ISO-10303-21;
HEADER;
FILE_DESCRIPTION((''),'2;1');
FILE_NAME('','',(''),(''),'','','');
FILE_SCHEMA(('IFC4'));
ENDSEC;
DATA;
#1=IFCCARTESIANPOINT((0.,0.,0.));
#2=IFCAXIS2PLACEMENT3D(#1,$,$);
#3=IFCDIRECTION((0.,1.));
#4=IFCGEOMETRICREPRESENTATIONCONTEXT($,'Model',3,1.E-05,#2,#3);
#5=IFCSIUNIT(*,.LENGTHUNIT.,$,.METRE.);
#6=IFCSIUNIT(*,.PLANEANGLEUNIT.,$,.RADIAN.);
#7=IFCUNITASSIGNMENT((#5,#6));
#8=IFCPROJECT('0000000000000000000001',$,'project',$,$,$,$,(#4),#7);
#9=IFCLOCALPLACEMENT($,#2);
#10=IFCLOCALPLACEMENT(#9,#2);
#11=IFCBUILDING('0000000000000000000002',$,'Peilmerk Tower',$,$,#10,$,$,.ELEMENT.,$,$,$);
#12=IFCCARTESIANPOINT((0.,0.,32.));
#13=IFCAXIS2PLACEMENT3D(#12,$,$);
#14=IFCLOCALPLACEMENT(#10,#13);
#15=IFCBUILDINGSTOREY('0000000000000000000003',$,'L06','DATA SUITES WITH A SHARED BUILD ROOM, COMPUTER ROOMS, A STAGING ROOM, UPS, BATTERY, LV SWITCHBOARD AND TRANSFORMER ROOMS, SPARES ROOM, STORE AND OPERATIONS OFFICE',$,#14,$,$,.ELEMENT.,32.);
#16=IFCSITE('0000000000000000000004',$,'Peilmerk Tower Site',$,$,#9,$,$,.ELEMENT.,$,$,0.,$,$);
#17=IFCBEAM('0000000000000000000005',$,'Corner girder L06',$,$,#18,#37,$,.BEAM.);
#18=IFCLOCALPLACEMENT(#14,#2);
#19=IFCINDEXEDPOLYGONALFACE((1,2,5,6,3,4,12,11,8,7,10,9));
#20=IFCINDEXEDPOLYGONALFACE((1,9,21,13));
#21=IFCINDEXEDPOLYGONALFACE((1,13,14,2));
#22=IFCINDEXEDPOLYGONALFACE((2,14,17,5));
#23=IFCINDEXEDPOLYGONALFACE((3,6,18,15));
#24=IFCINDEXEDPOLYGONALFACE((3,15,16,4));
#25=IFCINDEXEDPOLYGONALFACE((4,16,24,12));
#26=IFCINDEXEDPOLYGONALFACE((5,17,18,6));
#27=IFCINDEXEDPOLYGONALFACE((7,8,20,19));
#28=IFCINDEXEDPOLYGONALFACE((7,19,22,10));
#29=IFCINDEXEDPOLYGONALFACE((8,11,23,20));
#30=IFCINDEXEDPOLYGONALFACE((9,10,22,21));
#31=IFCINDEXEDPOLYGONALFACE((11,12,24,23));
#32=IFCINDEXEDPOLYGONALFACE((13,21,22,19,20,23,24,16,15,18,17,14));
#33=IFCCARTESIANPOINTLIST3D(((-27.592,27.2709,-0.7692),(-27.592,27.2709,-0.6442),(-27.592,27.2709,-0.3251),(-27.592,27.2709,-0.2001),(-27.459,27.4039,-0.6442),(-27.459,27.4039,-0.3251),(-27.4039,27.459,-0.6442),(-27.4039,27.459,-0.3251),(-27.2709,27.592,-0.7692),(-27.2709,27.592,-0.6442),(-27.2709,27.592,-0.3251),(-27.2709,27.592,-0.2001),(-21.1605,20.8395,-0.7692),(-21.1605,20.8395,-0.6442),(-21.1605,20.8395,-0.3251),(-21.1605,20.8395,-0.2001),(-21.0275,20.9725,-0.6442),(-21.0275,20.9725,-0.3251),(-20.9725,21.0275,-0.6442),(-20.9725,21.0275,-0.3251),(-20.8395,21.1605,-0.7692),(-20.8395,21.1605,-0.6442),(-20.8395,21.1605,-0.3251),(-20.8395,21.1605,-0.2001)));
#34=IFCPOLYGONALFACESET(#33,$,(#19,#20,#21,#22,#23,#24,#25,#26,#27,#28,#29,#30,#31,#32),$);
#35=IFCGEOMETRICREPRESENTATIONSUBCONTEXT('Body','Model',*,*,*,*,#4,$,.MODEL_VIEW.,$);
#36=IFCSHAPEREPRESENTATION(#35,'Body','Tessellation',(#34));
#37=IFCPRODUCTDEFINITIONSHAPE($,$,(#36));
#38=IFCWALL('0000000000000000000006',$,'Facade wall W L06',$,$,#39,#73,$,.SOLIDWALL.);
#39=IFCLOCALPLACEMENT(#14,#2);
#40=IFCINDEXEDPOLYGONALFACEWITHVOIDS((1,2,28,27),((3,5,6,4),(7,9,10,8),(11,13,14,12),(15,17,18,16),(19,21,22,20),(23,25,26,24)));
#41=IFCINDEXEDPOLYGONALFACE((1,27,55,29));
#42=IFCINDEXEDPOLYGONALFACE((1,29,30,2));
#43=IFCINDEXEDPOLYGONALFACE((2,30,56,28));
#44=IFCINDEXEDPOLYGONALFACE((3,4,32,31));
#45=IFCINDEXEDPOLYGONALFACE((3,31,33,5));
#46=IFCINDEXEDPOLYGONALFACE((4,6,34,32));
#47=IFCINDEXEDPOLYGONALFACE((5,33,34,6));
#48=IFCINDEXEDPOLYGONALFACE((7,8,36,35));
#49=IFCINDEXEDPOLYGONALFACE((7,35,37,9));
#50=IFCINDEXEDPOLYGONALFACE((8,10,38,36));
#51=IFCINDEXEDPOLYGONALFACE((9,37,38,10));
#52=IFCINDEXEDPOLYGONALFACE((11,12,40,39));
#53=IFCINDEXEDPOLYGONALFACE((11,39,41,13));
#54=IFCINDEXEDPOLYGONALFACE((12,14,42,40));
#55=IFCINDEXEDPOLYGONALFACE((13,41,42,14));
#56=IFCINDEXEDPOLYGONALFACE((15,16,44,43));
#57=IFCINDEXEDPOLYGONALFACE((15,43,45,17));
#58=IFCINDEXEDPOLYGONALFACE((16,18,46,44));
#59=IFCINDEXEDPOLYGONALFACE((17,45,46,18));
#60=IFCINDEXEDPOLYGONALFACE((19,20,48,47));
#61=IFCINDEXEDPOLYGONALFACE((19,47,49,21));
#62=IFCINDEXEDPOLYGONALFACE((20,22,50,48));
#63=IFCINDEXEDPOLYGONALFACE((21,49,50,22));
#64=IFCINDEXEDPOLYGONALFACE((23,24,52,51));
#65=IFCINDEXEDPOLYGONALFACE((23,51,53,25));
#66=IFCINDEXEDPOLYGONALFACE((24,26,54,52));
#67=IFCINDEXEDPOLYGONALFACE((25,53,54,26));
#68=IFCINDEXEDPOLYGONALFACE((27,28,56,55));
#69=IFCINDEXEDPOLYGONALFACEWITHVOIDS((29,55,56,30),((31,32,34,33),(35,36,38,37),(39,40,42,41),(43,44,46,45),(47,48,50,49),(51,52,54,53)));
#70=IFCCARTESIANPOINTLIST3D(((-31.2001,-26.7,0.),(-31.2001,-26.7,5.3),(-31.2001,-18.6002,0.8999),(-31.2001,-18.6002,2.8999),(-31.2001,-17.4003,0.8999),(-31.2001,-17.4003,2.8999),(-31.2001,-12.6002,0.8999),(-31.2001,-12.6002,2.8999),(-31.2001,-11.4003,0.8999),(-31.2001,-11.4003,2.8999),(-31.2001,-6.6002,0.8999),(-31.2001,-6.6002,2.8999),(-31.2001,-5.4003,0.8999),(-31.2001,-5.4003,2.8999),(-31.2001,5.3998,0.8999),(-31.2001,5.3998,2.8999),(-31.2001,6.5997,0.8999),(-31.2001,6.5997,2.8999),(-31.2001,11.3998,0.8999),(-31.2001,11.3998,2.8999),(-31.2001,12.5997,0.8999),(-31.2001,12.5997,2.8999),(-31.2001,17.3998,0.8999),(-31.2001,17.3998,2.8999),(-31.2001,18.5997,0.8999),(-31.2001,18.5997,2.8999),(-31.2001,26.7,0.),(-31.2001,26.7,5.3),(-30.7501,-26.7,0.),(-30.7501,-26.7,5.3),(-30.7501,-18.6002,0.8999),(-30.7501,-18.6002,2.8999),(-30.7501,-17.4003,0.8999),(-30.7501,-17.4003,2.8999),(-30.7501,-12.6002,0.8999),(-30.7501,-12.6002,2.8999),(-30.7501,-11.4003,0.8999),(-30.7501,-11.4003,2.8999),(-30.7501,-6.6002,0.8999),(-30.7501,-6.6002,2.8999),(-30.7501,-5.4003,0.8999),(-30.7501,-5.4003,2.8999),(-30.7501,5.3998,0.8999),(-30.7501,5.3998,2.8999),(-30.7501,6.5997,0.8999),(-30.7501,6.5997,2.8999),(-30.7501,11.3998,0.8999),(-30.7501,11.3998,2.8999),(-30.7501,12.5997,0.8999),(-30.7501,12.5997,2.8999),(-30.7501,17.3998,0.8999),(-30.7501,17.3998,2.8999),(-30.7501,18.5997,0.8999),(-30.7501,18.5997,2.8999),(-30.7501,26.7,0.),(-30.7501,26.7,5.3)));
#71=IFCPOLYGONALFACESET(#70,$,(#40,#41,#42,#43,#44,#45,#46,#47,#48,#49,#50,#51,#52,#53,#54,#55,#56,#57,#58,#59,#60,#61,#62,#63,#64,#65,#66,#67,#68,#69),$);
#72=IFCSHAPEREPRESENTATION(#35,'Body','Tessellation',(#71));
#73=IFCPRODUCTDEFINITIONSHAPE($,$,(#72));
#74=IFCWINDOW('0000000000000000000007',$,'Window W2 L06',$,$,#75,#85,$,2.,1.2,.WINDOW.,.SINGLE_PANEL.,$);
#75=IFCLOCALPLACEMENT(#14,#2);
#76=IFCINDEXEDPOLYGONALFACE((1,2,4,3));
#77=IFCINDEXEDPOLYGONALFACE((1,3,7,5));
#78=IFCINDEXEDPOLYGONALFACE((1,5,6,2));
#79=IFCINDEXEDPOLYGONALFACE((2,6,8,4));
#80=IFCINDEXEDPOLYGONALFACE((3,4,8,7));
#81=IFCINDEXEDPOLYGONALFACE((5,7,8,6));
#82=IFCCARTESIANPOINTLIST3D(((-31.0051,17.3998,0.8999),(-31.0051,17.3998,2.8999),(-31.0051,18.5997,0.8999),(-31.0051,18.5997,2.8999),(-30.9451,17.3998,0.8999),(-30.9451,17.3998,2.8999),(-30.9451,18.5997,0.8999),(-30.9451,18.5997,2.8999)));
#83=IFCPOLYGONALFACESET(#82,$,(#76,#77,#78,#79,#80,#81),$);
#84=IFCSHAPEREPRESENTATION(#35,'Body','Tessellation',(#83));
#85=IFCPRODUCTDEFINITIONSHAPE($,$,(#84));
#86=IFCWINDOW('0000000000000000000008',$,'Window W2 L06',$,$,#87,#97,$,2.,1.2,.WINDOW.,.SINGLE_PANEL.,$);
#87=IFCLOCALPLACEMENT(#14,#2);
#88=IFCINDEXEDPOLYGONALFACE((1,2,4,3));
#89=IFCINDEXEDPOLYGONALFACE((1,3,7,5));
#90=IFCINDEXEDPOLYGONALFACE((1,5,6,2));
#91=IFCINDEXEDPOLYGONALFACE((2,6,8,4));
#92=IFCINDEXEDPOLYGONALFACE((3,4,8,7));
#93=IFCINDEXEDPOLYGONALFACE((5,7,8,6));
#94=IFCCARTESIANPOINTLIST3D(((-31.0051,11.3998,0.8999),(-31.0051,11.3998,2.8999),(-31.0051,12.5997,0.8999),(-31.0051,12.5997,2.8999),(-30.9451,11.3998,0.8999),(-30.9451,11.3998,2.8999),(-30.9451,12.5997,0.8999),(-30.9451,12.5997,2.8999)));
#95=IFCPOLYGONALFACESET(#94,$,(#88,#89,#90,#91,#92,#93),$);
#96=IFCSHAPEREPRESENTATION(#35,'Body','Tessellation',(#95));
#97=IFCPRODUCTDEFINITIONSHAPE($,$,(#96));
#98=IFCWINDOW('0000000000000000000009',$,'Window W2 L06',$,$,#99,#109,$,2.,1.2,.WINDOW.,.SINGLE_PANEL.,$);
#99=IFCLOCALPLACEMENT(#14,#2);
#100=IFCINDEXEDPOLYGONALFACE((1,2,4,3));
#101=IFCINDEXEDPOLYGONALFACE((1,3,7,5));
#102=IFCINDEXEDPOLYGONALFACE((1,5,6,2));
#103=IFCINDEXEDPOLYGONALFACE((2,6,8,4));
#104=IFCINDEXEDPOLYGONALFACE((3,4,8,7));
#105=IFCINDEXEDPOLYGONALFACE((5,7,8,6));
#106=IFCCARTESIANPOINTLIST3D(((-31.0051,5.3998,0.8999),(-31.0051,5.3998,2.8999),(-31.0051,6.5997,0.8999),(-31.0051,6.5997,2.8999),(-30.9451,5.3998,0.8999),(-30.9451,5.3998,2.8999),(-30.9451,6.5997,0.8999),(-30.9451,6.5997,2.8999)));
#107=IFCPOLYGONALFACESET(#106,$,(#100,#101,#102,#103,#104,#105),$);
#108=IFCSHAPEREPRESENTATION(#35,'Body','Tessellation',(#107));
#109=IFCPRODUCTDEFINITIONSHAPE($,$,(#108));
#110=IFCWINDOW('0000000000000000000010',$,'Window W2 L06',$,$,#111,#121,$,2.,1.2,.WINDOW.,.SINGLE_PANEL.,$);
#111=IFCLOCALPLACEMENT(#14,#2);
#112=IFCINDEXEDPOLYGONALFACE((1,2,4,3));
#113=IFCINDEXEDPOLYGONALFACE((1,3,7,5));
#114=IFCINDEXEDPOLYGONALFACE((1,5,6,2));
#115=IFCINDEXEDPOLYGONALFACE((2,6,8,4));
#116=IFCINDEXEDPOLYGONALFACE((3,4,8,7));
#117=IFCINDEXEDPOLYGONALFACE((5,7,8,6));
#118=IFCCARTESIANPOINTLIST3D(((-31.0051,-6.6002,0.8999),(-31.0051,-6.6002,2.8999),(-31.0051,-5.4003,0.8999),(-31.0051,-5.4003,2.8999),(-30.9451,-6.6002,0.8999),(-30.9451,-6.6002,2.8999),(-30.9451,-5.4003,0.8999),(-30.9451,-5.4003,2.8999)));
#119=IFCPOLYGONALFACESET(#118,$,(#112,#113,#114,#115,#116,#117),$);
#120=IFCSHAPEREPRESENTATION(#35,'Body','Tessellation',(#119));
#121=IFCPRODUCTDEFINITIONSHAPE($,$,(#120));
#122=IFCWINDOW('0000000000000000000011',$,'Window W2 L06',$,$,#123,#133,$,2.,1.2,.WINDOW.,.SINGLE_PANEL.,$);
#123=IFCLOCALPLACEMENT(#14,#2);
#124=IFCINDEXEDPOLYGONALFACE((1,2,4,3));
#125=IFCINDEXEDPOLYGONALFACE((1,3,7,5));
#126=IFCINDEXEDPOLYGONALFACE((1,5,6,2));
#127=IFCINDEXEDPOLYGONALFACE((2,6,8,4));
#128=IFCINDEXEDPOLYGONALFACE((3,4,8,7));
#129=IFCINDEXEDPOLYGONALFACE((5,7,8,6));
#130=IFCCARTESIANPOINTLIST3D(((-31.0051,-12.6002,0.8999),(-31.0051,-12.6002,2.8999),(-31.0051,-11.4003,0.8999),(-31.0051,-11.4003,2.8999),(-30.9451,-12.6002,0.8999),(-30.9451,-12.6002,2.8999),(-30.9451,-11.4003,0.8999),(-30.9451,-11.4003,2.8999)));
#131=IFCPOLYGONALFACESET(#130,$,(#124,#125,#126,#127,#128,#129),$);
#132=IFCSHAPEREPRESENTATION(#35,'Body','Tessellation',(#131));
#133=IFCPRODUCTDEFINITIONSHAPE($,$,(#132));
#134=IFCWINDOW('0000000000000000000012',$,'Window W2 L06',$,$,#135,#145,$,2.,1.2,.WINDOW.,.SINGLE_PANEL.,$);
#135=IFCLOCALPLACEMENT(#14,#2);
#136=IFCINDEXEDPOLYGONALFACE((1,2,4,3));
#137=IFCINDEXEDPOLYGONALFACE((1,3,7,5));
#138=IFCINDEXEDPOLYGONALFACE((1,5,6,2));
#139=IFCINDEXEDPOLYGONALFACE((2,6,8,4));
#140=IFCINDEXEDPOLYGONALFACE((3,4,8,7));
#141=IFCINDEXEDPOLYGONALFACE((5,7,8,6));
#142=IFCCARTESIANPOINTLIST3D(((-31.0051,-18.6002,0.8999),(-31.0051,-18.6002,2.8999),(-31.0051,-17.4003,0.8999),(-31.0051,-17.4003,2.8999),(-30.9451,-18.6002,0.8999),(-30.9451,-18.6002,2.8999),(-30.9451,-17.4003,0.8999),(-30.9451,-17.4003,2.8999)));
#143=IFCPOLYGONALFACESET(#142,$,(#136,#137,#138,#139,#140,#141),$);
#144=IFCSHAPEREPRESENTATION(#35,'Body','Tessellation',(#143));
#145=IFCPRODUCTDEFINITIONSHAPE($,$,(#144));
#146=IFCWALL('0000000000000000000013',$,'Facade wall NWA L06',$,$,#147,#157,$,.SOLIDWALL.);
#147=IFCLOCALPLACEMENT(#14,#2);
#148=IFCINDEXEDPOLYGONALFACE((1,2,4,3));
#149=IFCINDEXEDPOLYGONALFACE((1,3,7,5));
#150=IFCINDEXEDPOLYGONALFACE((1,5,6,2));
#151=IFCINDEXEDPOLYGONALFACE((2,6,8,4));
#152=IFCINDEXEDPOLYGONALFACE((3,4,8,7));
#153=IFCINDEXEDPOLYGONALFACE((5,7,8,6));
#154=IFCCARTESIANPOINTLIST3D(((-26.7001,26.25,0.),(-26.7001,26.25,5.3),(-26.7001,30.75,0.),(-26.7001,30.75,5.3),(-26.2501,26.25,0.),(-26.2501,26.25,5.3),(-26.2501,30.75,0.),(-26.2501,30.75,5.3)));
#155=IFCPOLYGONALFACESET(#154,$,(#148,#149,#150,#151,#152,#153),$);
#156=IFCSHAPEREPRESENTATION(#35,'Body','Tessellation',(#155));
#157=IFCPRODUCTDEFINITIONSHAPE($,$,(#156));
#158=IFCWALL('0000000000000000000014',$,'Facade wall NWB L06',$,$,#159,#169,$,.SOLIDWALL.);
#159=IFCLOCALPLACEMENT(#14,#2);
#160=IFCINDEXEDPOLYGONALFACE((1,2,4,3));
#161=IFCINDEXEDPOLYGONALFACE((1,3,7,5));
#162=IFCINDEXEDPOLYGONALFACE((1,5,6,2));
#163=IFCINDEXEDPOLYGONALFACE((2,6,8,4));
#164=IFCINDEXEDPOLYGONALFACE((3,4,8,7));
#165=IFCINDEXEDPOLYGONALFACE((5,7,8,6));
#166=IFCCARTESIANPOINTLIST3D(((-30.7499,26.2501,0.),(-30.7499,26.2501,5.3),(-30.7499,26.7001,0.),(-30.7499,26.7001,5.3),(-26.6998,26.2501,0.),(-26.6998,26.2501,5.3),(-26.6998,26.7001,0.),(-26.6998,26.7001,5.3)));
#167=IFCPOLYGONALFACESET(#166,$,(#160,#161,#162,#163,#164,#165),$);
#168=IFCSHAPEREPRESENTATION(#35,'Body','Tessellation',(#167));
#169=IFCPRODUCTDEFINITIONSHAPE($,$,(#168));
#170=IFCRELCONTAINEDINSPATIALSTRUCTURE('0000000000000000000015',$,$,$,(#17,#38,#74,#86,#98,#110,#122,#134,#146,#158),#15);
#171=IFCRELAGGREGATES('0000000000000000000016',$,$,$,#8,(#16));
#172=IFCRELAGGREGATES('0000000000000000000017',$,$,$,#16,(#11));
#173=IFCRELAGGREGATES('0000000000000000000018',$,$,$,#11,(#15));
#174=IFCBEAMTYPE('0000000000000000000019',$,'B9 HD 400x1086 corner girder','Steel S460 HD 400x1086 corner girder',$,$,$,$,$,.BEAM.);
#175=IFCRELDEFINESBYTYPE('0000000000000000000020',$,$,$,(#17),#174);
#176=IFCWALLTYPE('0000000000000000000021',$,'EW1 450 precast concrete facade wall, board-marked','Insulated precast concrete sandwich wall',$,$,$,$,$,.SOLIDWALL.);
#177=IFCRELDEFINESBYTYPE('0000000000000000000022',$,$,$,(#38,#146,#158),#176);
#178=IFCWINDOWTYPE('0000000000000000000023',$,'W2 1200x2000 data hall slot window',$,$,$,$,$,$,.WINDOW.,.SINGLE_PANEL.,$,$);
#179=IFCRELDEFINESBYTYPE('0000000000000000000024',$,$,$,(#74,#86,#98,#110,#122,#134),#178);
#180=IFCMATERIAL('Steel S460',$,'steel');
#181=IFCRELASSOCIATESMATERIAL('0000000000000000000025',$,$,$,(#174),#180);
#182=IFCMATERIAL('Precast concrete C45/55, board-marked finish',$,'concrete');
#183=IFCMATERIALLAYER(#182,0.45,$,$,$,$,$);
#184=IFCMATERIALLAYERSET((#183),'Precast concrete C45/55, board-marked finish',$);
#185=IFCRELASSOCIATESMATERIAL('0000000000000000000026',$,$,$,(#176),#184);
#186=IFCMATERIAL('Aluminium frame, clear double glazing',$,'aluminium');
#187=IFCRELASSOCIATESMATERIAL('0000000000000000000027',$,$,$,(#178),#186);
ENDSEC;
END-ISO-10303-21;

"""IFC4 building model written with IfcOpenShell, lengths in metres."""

from ifc_helpers import new_model, si_unit, direction, frame, frame_2d, origin, origin_2d, place, context, subcontext, project, spatial, rectangle, i_section, extrude, material, layer, layer_set, material_profile, profile_set, type_object, element, fill, save


model = new_model("IFC4")

# Units and contexts
model_context = context("Model", 3, precision=1e-05, world=origin(), true_north=direction((0.0, 1.0)))
body_context = subcontext(model_context, "Body", "Model", "MODEL_VIEW")
ifc_project = project(units=[si_unit("LENGTHUNIT", "METRE"), si_unit("PLANEANGLEUNIT", "RADIAN")], contexts=[model_context])

# Site, building, storey
site_placement = place(None, origin())
site = spatial("IfcSite", under=ifc_project, at=site_placement, Name="Peilmerk Tower Site", CompositionType="ELEMENT", RefElevation=0.0)
building_placement = place(site_placement, origin())
building = spatial("IfcBuilding", under=site, at=building_placement, Name="Peilmerk Tower", CompositionType="ELEMENT")
storey_placement = place(building_placement, frame((0.0, 0.0, 32.0)))
storey = spatial("IfcBuildingStorey", under=building, at=storey_placement, Name="L06", Description="DATA SUITES WITH A SHARED BUILD ROOM, COMPUTER ROOMS, A STAGING ROOM, UPS, BATTERY, LV SWITCHBOARD AND TRANSFORMER ROOMS, SPARES ROOM, STORE AND OPERATIONS OFFICE", CompositionType="ELEMENT", Elevation=32.0)

# Beam
ifc_material_1 = material(Name="Steel S460", Category="steel")
ifc_material_profile_1 = material_profile(ifc_material_1, i_section(OverallWidth=0.4541, OverallDepth=0.5691, WebThickness=0.0779, FlangeThickness=0.125, at=origin_2d()), Name="HD 400x1086")
ifc_profile_set_1 = profile_set([ifc_material_profile_1], Name="Steel S460")
beam_type_1 = type_object("IfcBeamType", Name="B9 HD 400x1086 corner girder", Description="Steel S460 HD 400x1086 corner girder", PredefinedType="BEAM", material=ifc_profile_set_1)
beam_1_placement = place(storey_placement, frame((-21.0, 21.0, -0.4846), z_axis=(-0.707107, 0.707107, 0.0), x_axis=(-0.707107, -0.707107, 0.0)))
element("IfcBeam", 1, at=beam_1_placement, inside=storey, type_object=beam_type_1, Name="Corner girder L06", PredefinedType="BEAM", context=body_context, shape_type="SweptSolid", body=[
    extrude(i_section(OverallWidth=0.4541, OverallDepth=0.5691, WebThickness=0.0779, FlangeThickness=0.125, at=origin_2d()), origin(), (0.0, 0.0, 1.0), 9.0955),
])

# Wall, openings, windows
ifc_material_2 = material(Name="Precast concrete C45/55, board-marked finish", Category="concrete")
ifc_layer = layer(ifc_material_2, 0.45)
ifc_layer_set = layer_set([ifc_layer], Name="Precast concrete C45/55, board-marked finish")
wall_type = type_object("IfcWallType", Name="EW1 450 precast concrete facade wall, board-marked", Description="Insulated precast concrete sandwich wall", PredefinedType="SOLIDWALL", material=ifc_layer_set)
wall_1_placement = place(storey_placement, frame((-30.9751, 26.7, 0.0), z_axis=(0.0, 0.0, 1.0), x_axis=(0.0, -1.0, 0.0)))
wall_1 = element("IfcWall", 2, at=wall_1_placement, inside=storey, type_object=wall_type, Name="Facade wall W L06", PredefinedType="SOLIDWALL", context=body_context, shape_type="SweptSolid", body=[
    extrude(rectangle(XDim=53.3999, YDim=0.45, at=frame_2d((26.7, 0.0))), origin(), (0.0, 0.0, 1.0), 5.3),
])
opening_1_placement = place(wall_1_placement, frame((8.1001, 0.0, 0.8999)))
opening_1 = element("IfcOpeningElement", 3, at=opening_1_placement, cuts=wall_1, PredefinedType="OPENING", context=body_context, shape_type="SweptSolid", body=[
    extrude(rectangle(XDim=1.2, YDim=2.0, at=frame_2d((0.6001, 1.0))), frame((0.0, 0.2349, 0.0), z_axis=(0.0, -1.0, 0.0), x_axis=(1.0, 0.0, 0.0)), (0.0, 0.0, 1.0), 0.47),
])
opening_2_placement = place(wall_1_placement, frame((14.1001, 0.0, 0.8999)))
opening_2 = element("IfcOpeningElement", 4, at=opening_2_placement, cuts=wall_1, PredefinedType="OPENING", context=body_context, shape_type="SweptSolid", body=[
    extrude(rectangle(XDim=1.2, YDim=2.0, at=frame_2d((0.6001, 1.0))), frame((0.0, 0.2349, 0.0), z_axis=(0.0, -1.0, 0.0), x_axis=(1.0, 0.0, 0.0)), (0.0, 0.0, 1.0), 0.47),
])
opening_3_placement = place(wall_1_placement, frame((20.1001, 0.0, 0.8999)))
opening_3 = element("IfcOpeningElement", 5, at=opening_3_placement, cuts=wall_1, PredefinedType="OPENING", context=body_context, shape_type="SweptSolid", body=[
    extrude(rectangle(XDim=1.2, YDim=2.0, at=frame_2d((0.6001, 1.0))), frame((0.0, 0.2349, 0.0), z_axis=(0.0, -1.0, 0.0), x_axis=(1.0, 0.0, 0.0)), (0.0, 0.0, 1.0), 0.47),
])
opening_4_placement = place(wall_1_placement, frame((32.1001, 0.0, 0.8999)))
opening_4 = element("IfcOpeningElement", 6, at=opening_4_placement, cuts=wall_1, PredefinedType="OPENING", context=body_context, shape_type="SweptSolid", body=[
    extrude(rectangle(XDim=1.2, YDim=2.0, at=frame_2d((0.6001, 1.0))), frame((0.0, 0.2349, 0.0), z_axis=(0.0, -1.0, 0.0), x_axis=(1.0, 0.0, 0.0)), (0.0, 0.0, 1.0), 0.47),
])
opening_5_placement = place(wall_1_placement, frame((38.1001, 0.0, 0.8999)))
opening_5 = element("IfcOpeningElement", 7, at=opening_5_placement, cuts=wall_1, PredefinedType="OPENING", context=body_context, shape_type="SweptSolid", body=[
    extrude(rectangle(XDim=1.2, YDim=2.0, at=frame_2d((0.6001, 1.0))), frame((0.0, 0.2349, 0.0), z_axis=(0.0, -1.0, 0.0), x_axis=(1.0, 0.0, 0.0)), (0.0, 0.0, 1.0), 0.47),
])
opening_6_placement = place(wall_1_placement, frame((44.1001, 0.0, 0.8999)))
opening_6 = element("IfcOpeningElement", 8, at=opening_6_placement, cuts=wall_1, PredefinedType="OPENING", context=body_context, shape_type="SweptSolid", body=[
    extrude(rectangle(XDim=1.2, YDim=2.0, at=frame_2d((0.6001, 1.0))), frame((0.0, 0.2349, 0.0), z_axis=(0.0, -1.0, 0.0), x_axis=(1.0, 0.0, 0.0)), (0.0, 0.0, 1.0), 0.47),
])
ifc_material_3 = material(Name="Aluminium frame, clear double glazing", Category="aluminium")
window_type = type_object("IfcWindowType", Name="W2 1200x2000 data hall slot window", PartitioningType="SINGLE_PANEL", PredefinedType="WINDOW", material=ifc_material_3)
window_1_placement = place(opening_1_placement, origin())
window_1 = element("IfcWindow", 9, at=window_1_placement, inside=storey, type_object=window_type, Name="Window W2 L06", OverallHeight=2.0, OverallWidth=1.2, PartitioningType="SINGLE_PANEL", PredefinedType="WINDOW", context=body_context, shape_type="SweptSolid", body=[
    extrude(rectangle(XDim=1.2, YDim=2.0, at=frame_2d((0.6001, 1.0))), frame((0.0, 0.03, 0.0), z_axis=(0.0, -1.0, 0.0), x_axis=(1.0, 0.0, 0.0)), (0.0, 0.0, 1.0), 0.0601),
])
fill(opening_1, window_1)
window_2_placement = place(opening_2_placement, origin())
window_2 = element("IfcWindow", 10, at=window_2_placement, inside=storey, type_object=window_type, Name="Window W2 L06", OverallHeight=2.0, OverallWidth=1.2, PartitioningType="SINGLE_PANEL", PredefinedType="WINDOW", context=body_context, shape_type="SweptSolid", body=[
    extrude(rectangle(XDim=1.2, YDim=2.0, at=frame_2d((0.6001, 1.0))), frame((0.0, 0.03, 0.0), z_axis=(0.0, -1.0, 0.0), x_axis=(1.0, 0.0, 0.0)), (0.0, 0.0, 1.0), 0.0601),
])
fill(opening_2, window_2)
window_3_placement = place(opening_3_placement, origin())
window_3 = element("IfcWindow", 11, at=window_3_placement, inside=storey, type_object=window_type, Name="Window W2 L06", OverallHeight=2.0, OverallWidth=1.2, PartitioningType="SINGLE_PANEL", PredefinedType="WINDOW", context=body_context, shape_type="SweptSolid", body=[
    extrude(rectangle(XDim=1.2, YDim=2.0, at=frame_2d((0.6001, 1.0))), frame((0.0, 0.03, 0.0), z_axis=(0.0, -1.0, 0.0), x_axis=(1.0, 0.0, 0.0)), (0.0, 0.0, 1.0), 0.0601),
])
fill(opening_3, window_3)
window_4_placement = place(opening_4_placement, origin())
window_4 = element("IfcWindow", 12, at=window_4_placement, inside=storey, type_object=window_type, Name="Window W2 L06", OverallHeight=2.0, OverallWidth=1.2, PartitioningType="SINGLE_PANEL", PredefinedType="WINDOW", context=body_context, shape_type="SweptSolid", body=[
    extrude(rectangle(XDim=1.2, YDim=2.0, at=frame_2d((0.6001, 1.0))), frame((0.0, 0.03, 0.0), z_axis=(0.0, -1.0, 0.0), x_axis=(1.0, 0.0, 0.0)), (0.0, 0.0, 1.0), 0.0601),
])
fill(opening_4, window_4)
window_5_placement = place(opening_5_placement, origin())
window_5 = element("IfcWindow", 13, at=window_5_placement, inside=storey, type_object=window_type, Name="Window W2 L06", OverallHeight=2.0, OverallWidth=1.2, PartitioningType="SINGLE_PANEL", PredefinedType="WINDOW", context=body_context, shape_type="SweptSolid", body=[
    extrude(rectangle(XDim=1.2, YDim=2.0, at=frame_2d((0.6001, 1.0))), frame((0.0, 0.03, 0.0), z_axis=(0.0, -1.0, 0.0), x_axis=(1.0, 0.0, 0.0)), (0.0, 0.0, 1.0), 0.0601),
])
fill(opening_5, window_5)
window_6_placement = place(opening_6_placement, origin())
window_6 = element("IfcWindow", 14, at=window_6_placement, inside=storey, type_object=window_type, Name="Window W2 L06", OverallHeight=2.0, OverallWidth=1.2, PartitioningType="SINGLE_PANEL", PredefinedType="WINDOW", context=body_context, shape_type="SweptSolid", body=[
    extrude(rectangle(XDim=1.2, YDim=2.0, at=frame_2d((0.6001, 1.0))), frame((0.0, 0.03, 0.0), z_axis=(0.0, -1.0, 0.0), x_axis=(1.0, 0.0, 0.0)), (0.0, 0.0, 1.0), 0.0601),
])
fill(opening_6, window_6)

# Walls
wall_2_placement = place(storey_placement, frame((-26.4751, 26.25, 0.0), z_axis=(0.0, 0.0, 1.0), x_axis=(0.0, 1.0, 0.0)))
element("IfcWall", 15, at=wall_2_placement, inside=storey, type_object=wall_type, Name="Facade wall NWA L06", PredefinedType="SOLIDWALL", context=body_context, shape_type="SweptSolid", body=[
    extrude(rectangle(XDim=4.5, YDim=0.45, at=frame_2d((2.25, 0.0))), origin(), (0.0, 0.0, 1.0), 5.3),
])
wall_3_placement = place(storey_placement, frame((-26.7, 26.4751, 0.0), z_axis=(0.0, 0.0, 1.0), x_axis=(-1.0, 0.0, 0.0)))
element("IfcWall", 16, at=wall_3_placement, inside=storey, type_object=wall_type, Name="Facade wall NWB L06", PredefinedType="SOLIDWALL", context=body_context, shape_type="SweptSolid", body=[
    extrude(rectangle(XDim=4.05, YDim=0.45, at=frame_2d((2.0249, 0.0))), origin(), (0.0, 0.0, 1.0), 5.3),
])

save(model, "model.ifc")
